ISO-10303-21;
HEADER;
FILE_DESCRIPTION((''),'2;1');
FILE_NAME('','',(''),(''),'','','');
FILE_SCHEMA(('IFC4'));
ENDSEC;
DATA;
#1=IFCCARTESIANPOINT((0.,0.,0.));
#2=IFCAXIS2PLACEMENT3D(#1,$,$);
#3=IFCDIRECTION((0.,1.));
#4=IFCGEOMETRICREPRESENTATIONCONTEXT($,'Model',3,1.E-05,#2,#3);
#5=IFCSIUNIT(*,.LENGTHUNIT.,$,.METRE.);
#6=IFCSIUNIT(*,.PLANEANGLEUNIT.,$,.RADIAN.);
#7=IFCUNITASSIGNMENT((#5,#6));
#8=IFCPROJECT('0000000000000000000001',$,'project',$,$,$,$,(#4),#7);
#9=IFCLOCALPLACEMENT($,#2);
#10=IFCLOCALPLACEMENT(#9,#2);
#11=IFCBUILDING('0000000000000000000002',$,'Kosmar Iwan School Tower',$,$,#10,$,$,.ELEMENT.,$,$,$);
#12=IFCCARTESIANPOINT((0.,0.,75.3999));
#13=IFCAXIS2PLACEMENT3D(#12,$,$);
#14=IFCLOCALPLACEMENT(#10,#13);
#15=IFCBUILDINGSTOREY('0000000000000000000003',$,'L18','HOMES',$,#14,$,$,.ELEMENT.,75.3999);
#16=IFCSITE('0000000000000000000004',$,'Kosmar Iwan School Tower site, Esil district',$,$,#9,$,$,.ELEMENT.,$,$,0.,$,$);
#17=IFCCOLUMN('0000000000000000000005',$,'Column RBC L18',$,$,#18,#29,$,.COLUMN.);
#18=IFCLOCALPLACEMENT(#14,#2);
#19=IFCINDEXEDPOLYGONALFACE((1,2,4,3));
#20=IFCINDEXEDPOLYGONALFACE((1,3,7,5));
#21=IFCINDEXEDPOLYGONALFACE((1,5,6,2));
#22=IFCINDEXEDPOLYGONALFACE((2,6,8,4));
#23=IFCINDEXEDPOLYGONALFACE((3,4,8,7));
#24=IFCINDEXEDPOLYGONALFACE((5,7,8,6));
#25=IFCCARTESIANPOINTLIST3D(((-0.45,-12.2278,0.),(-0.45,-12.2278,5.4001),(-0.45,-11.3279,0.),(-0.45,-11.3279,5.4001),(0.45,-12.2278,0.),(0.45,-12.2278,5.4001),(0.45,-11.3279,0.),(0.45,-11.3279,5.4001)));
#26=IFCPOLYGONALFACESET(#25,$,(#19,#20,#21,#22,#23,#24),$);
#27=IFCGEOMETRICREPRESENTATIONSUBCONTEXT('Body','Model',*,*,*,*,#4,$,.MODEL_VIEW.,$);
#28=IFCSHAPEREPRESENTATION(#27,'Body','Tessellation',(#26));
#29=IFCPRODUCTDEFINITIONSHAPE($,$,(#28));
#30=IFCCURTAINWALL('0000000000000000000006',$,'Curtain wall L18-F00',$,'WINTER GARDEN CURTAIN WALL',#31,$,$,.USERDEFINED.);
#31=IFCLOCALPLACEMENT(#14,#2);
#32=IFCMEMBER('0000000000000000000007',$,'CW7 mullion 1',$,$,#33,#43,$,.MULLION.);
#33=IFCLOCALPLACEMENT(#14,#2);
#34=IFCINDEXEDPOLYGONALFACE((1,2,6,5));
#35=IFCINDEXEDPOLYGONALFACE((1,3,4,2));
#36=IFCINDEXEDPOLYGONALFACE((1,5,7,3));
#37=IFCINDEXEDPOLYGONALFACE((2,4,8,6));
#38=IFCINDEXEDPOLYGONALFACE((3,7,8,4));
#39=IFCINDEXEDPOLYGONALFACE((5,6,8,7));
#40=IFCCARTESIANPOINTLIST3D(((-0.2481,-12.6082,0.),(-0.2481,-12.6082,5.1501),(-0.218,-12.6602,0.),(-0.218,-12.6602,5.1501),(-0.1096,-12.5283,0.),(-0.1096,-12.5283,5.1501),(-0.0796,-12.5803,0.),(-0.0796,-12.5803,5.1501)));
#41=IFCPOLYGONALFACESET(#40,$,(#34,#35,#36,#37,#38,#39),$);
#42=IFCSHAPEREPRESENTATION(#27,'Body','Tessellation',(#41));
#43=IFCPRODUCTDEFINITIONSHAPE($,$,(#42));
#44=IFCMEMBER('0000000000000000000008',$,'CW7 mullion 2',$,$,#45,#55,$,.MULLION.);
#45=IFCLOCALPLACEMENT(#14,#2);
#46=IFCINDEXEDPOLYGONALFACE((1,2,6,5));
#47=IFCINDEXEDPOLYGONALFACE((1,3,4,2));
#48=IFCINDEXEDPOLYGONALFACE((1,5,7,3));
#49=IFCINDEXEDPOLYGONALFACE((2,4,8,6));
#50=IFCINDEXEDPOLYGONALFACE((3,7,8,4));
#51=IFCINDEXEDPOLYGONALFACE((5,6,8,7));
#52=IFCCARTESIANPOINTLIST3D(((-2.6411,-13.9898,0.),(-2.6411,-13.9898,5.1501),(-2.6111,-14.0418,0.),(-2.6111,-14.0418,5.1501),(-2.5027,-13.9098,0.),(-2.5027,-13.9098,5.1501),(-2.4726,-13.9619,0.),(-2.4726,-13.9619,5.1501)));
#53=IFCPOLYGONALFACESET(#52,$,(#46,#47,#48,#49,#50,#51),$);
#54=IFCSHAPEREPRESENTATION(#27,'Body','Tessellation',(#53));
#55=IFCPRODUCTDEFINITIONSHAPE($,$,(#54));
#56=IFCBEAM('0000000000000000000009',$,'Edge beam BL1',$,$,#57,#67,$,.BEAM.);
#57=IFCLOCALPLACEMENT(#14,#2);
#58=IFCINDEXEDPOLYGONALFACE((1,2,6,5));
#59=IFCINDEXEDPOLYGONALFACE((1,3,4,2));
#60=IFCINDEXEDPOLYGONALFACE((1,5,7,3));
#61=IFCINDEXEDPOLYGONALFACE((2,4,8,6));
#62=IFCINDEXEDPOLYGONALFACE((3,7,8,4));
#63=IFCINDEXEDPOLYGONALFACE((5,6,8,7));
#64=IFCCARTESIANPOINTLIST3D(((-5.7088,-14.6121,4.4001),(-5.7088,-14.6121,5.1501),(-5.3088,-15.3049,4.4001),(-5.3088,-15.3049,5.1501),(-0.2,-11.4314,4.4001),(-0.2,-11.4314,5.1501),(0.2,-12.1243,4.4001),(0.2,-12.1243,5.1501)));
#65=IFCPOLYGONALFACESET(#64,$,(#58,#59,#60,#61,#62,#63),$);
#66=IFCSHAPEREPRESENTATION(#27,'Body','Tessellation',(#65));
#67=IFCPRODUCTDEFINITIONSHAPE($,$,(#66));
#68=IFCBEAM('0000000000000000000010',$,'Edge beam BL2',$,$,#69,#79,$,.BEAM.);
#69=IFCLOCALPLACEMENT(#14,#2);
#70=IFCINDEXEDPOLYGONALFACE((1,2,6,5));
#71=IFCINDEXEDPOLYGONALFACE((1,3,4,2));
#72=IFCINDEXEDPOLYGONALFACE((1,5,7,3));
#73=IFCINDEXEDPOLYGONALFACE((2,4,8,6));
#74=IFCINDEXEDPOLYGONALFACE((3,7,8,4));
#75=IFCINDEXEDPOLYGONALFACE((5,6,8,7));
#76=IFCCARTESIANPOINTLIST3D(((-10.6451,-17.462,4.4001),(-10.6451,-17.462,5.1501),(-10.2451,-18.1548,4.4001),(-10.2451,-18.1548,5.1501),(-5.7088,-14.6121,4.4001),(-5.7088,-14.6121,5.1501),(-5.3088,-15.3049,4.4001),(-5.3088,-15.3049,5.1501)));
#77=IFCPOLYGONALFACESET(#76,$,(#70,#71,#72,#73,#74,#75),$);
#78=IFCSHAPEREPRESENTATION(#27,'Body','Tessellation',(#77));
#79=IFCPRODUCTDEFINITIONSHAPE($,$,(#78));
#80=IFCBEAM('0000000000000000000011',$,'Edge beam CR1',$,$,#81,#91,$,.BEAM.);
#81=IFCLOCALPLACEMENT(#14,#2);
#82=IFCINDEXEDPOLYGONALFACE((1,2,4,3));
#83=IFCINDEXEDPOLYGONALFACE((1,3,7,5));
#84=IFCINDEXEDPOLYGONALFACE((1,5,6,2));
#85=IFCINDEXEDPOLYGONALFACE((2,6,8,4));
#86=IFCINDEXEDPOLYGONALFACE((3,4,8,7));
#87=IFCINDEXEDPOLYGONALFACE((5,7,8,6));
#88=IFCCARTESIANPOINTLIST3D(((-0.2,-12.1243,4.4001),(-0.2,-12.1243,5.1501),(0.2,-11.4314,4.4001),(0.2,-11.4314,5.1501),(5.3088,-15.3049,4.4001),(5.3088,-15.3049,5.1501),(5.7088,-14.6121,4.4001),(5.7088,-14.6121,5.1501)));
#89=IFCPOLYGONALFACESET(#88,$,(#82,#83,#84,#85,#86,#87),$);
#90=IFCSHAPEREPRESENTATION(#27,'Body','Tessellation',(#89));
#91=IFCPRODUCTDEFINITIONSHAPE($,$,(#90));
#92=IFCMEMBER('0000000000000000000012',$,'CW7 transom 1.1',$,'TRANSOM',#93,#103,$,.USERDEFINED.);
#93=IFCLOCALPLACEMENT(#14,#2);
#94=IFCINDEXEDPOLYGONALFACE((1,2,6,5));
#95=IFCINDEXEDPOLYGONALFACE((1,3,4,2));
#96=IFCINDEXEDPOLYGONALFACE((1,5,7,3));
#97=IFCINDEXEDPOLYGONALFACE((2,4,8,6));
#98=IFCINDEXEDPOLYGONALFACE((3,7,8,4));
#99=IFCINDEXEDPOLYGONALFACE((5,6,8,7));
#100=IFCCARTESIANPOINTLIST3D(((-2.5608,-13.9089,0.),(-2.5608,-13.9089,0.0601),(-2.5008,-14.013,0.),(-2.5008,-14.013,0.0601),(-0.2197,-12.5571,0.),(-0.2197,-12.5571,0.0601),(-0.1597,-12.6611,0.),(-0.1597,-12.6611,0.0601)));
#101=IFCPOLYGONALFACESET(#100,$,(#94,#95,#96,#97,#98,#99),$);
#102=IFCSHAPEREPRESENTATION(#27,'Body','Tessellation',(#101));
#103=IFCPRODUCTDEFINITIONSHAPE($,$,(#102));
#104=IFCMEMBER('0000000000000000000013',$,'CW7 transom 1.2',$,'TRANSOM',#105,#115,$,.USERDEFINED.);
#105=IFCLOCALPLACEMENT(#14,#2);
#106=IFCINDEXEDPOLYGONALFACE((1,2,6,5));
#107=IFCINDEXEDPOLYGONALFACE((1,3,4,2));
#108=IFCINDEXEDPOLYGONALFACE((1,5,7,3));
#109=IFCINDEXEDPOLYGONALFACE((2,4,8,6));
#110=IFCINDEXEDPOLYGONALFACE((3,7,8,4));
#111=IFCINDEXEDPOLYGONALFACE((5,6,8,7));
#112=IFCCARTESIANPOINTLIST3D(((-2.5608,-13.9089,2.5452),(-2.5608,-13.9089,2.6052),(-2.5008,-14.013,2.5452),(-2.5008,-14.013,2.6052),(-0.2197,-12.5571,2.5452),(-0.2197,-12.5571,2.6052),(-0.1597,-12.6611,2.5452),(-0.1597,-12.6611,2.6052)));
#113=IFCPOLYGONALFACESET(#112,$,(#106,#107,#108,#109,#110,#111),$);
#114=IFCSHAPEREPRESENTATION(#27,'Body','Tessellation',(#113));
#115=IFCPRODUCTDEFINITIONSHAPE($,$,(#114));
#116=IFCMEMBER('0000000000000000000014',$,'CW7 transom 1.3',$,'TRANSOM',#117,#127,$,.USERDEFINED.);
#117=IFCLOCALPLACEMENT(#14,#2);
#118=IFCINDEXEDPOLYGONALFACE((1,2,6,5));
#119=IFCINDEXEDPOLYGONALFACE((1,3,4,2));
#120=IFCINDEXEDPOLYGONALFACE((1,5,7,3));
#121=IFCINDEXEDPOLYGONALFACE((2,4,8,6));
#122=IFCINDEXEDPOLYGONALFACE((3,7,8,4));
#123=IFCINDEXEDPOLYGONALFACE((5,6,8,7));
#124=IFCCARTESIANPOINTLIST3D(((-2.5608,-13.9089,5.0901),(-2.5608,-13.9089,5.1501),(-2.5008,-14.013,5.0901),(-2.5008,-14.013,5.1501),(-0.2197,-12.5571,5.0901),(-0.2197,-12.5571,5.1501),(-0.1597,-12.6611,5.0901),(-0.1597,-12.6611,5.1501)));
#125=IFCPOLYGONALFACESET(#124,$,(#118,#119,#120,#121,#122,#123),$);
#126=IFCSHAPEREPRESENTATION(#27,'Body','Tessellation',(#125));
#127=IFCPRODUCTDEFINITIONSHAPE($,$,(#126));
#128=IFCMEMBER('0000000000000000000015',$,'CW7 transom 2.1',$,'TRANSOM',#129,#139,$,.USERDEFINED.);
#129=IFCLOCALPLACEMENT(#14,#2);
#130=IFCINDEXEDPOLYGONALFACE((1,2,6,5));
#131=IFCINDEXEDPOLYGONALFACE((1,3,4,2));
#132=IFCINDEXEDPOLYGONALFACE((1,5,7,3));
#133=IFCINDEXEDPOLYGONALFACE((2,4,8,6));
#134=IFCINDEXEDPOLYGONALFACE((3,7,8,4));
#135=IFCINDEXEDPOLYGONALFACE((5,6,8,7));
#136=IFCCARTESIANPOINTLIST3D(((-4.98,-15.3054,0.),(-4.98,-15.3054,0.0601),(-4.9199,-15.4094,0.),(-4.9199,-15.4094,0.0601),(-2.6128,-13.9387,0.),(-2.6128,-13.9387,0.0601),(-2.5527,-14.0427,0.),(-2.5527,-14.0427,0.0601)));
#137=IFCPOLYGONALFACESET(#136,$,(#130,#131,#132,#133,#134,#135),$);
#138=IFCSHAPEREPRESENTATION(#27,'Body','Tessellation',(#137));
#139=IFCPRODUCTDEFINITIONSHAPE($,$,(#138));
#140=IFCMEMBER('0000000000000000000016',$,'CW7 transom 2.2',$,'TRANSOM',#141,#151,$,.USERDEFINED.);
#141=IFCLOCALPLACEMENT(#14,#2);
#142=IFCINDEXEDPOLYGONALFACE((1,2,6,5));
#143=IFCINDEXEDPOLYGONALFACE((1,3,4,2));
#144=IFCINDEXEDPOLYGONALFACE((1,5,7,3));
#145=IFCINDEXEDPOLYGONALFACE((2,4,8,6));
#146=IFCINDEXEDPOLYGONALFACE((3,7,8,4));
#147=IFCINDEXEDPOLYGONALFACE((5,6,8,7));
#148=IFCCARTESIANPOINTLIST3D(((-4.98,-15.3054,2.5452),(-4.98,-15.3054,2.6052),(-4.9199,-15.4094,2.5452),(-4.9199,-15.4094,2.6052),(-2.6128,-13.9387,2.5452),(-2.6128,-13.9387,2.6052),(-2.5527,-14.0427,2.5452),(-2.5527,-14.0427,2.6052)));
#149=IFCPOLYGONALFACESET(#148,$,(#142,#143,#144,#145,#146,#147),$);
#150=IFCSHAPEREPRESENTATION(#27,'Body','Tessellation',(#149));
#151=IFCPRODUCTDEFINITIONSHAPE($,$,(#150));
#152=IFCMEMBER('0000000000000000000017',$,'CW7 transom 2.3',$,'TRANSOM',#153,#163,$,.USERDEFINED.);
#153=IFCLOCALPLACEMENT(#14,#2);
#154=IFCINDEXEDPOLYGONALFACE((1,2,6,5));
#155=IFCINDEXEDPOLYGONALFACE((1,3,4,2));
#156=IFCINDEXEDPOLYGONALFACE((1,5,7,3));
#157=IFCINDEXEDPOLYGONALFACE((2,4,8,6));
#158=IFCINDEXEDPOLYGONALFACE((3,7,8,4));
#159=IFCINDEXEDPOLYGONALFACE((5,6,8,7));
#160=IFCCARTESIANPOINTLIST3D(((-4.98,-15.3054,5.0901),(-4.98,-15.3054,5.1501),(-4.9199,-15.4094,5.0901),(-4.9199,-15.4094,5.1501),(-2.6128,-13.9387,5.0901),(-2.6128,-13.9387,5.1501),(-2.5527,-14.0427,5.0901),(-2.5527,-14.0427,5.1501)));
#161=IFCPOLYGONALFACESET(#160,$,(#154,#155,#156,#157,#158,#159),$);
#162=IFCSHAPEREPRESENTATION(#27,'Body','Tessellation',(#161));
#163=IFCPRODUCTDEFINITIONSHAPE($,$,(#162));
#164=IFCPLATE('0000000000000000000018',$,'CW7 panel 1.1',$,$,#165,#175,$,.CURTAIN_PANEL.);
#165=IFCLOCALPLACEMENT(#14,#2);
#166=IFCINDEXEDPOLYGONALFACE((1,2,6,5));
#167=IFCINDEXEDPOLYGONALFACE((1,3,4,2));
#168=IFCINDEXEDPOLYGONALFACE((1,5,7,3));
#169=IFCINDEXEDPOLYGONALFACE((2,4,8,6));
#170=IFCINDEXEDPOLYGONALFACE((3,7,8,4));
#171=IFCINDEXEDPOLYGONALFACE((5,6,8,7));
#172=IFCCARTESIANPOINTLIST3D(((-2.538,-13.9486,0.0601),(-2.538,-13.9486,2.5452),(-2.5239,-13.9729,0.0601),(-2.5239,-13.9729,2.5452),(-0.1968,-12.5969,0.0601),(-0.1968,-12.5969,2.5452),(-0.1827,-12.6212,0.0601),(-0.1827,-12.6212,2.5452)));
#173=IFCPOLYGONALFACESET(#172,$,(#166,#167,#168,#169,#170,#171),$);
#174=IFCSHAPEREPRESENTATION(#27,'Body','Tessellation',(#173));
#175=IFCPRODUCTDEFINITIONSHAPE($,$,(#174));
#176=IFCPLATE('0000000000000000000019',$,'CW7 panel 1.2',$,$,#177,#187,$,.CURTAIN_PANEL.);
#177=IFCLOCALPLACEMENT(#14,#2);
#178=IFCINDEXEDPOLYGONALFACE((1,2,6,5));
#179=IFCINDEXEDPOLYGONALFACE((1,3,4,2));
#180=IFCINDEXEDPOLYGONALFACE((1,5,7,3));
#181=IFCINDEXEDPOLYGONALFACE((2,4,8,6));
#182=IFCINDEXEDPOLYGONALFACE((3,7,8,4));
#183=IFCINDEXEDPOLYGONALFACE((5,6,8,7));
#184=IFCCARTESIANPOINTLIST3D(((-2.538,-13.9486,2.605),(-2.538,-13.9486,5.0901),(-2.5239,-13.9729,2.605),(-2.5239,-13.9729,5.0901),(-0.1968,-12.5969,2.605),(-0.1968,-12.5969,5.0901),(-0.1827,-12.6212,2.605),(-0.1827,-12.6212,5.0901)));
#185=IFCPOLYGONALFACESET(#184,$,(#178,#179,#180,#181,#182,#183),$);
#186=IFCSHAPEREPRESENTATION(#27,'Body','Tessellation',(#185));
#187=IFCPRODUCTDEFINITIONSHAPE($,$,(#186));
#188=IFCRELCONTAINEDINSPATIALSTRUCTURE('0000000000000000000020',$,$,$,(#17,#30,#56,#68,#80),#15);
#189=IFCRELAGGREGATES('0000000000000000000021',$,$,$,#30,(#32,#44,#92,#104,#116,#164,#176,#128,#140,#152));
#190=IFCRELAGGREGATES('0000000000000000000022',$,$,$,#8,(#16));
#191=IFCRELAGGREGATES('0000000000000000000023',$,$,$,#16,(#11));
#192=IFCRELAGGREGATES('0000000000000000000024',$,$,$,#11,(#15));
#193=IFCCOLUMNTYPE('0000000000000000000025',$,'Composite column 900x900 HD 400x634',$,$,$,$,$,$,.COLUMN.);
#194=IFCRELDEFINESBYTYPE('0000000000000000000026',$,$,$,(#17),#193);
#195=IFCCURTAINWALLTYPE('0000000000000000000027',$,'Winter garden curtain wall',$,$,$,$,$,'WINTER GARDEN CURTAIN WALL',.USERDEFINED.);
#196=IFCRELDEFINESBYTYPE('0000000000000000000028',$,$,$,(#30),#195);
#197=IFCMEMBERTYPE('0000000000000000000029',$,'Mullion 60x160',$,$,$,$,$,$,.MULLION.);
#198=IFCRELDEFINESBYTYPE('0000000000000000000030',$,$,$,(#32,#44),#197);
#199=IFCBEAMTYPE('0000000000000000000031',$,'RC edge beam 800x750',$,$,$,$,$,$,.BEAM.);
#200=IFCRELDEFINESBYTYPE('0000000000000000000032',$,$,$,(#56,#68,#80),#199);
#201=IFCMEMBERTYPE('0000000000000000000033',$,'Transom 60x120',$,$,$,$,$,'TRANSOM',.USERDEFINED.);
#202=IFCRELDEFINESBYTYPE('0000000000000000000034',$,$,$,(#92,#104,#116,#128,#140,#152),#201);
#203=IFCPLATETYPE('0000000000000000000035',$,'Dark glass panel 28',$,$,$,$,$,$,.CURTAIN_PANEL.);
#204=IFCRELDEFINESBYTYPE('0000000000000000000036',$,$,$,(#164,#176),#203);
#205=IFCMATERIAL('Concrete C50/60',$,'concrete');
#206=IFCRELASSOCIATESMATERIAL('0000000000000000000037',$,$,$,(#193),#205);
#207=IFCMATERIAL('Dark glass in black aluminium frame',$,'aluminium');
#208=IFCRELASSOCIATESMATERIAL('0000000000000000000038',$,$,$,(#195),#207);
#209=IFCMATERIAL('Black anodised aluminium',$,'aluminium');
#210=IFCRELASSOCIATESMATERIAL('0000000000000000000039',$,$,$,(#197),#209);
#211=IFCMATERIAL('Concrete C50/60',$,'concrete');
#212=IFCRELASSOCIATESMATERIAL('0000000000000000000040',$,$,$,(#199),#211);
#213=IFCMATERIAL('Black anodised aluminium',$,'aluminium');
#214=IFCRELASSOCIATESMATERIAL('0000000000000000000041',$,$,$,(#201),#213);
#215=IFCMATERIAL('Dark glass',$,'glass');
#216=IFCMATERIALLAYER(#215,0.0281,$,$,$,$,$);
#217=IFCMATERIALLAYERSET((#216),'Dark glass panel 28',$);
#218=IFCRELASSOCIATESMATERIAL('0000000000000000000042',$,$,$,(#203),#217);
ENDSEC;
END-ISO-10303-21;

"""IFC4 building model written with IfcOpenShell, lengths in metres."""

from ifc_helpers import new_model, si_unit, direction, frame, origin, origin_2d, place, context, subcontext, project, spatial, rectangle, extrude, material, layer, layer_set, material_profile, profile_set, type_object, element, aggregate, save


model = new_model("IFC4")

# Units and contexts
model_context = context("Model", 3, precision=1e-05, world=origin(), true_north=direction((0.0, 1.0)))
body_context = subcontext(model_context, "Body", "Model", "MODEL_VIEW")
ifc_project = project(units=[si_unit("LENGTHUNIT", "METRE"), si_unit("PLANEANGLEUNIT", "RADIAN")], contexts=[model_context])

# Site, building, storey
site_placement = place(None, origin())
site = spatial("IfcSite", under=ifc_project, at=site_placement, Name="Kosmar Iwan School Tower site, Esil district", CompositionType="ELEMENT", RefElevation=0.0)
building_placement = place(site_placement, origin())
building = spatial("IfcBuilding", under=site, at=building_placement, Name="Kosmar Iwan School Tower", CompositionType="ELEMENT")
storey_placement = place(building_placement, frame((0.0, 0.0, 75.3999)))
storey = spatial("IfcBuildingStorey", under=building, at=storey_placement, Name="L18", Description="HOMES", CompositionType="ELEMENT", Elevation=75.3999)

# Column
ifc_material_1 = material(Name="Concrete C50/60", Category="concrete")
ifc_material_profile_1 = material_profile(ifc_material_1, rectangle(XDim=0.8999, YDim=0.8999, at=origin_2d()), Name="RC 900x900 + HD 400x634")
ifc_profile_set_1 = profile_set([ifc_material_profile_1], Name="Concrete C50/60")
column_type = type_object("IfcColumnType", Name="Composite column 900x900 HD 400x634", PredefinedType="COLUMN", material=ifc_profile_set_1)
column_placement = place(storey_placement, frame((0.0, -11.7778, 0.0), z_axis=(0.0, 0.0, 1.0), x_axis=(1.0, 0.0, 0.0)))
element("IfcColumn", 1, at=column_placement, inside=storey, type_object=column_type, Name="Column RBC L18", PredefinedType="COLUMN", context=body_context, shape_type="SweptSolid", body=[
    extrude(rectangle(XDim=0.8999, YDim=0.8999, at=origin_2d()), origin(), (0.0, 0.0, 1.0), 5.4001),
])

# Curtain wall, members
ifc_material_2 = material(Name="Dark glass in black aluminium frame", Category="aluminium")
curtain_wall_type = type_object("IfcCurtainWallType", Name="Winter garden curtain wall", ElementType="WINTER GARDEN CURTAIN WALL", PredefinedType="USERDEFINED", material=ifc_material_2)
curtain_wall_placement = place(storey_placement, origin())
curtain_wall = element("IfcCurtainWall", 2, at=curtain_wall_placement, inside=storey, type_object=curtain_wall_type, Name="Curtain wall L18-F00", ObjectType="WINTER GARDEN CURTAIN WALL", PredefinedType="USERDEFINED")
ifc_material_3 = material(Name="Black anodised aluminium", Category="aluminium")
ifc_material_profile_2 = material_profile(ifc_material_3, rectangle(XDim=0.0601, YDim=0.1599, at=origin_2d()), Name="MULLION 60x160")
ifc_profile_set_2 = profile_set([ifc_material_profile_2], Name="Black anodised aluminium")
member_type_1 = type_object("IfcMemberType", Name="Mullion 60x160", PredefinedType="MULLION", material=ifc_profile_set_2)
member_1_placement = place(storey_placement, frame((-0.1638, -12.5942, 0.0), z_axis=(0.0, 0.0, 1.0), x_axis=(0.5, -0.866025, 0.0)))
member_1 = element("IfcMember", 3, at=member_1_placement, type_object=member_type_1, Name="CW7 mullion 1", PredefinedType="MULLION", context=body_context, shape_type="SweptSolid", body=[
    extrude(rectangle(XDim=0.0601, YDim=0.1599, at=origin_2d()), origin(), (0.0, 0.0, 1.0), 5.1501),
])
member_2_placement = place(storey_placement, frame((-2.5569, -13.9758, 0.0), z_axis=(0.0, 0.0, 1.0), x_axis=(0.5, -0.866025, 0.0)))
member_2 = element("IfcMember", 4, at=member_2_placement, type_object=member_type_1, Name="CW7 mullion 2", PredefinedType="MULLION", context=body_context, shape_type="SweptSolid", body=[
    extrude(rectangle(XDim=0.0601, YDim=0.1599, at=origin_2d()), origin(), (0.0, 0.0, 1.0), 5.1501),
])

# Beams
ifc_material_4 = material(Name="Concrete C50/60", Category="concrete")
ifc_material_profile_3 = material_profile(ifc_material_4, rectangle(XDim=0.8, YDim=0.75, at=origin_2d()), Name="RC 800x750")
ifc_profile_set_3 = profile_set([ifc_material_profile_3], Name="Concrete C50/60")
beam_type = type_object("IfcBeamType", Name="RC edge beam 800x750", PredefinedType="BEAM", material=ifc_profile_set_3)
beam_1_placement = place(storey_placement, frame((0.0, -11.7778, 4.7751), z_axis=(-0.866014, -0.500019, 0.0), x_axis=(0.500019, -0.866014, 0.0)))
element("IfcBeam", 5, at=beam_1_placement, inside=storey, type_object=beam_type, Name="Edge beam BL1", PredefinedType="BEAM", context=body_context, shape_type="SweptSolid", body=[
    extrude(rectangle(XDim=0.8, YDim=0.75, at=origin_2d()), origin(), (0.0, 0.0, 1.0), 6.3611),
])
beam_2_placement = place(storey_placement, frame((-5.5088, -14.9585, 4.7751), z_axis=(-0.866034, -0.499986, 0.0), x_axis=(0.499986, -0.866034, 0.0)))
element("IfcBeam", 6, at=beam_2_placement, inside=storey, type_object=beam_type, Name="Edge beam BL2", PredefinedType="BEAM", context=body_context, shape_type="SweptSolid", body=[
    extrude(rectangle(XDim=0.8, YDim=0.75, at=origin_2d()), origin(), (0.0, 0.0, 1.0), 5.7),
])
beam_3_placement = place(storey_placement, frame((0.0, -11.7778, 4.7751), z_axis=(0.866014, -0.500019, 0.0), x_axis=(0.500019, 0.866014, 0.0)))
element("IfcBeam", 7, at=beam_3_placement, inside=storey, type_object=beam_type, Name="Edge beam CR1", PredefinedType="BEAM", context=body_context, shape_type="SweptSolid", body=[
    extrude(rectangle(XDim=0.8, YDim=0.75, at=origin_2d()), origin(), (0.0, 0.0, 1.0), 6.3611),
])

# Members
ifc_material_5 = material(Name="Black anodised aluminium", Category="aluminium")
ifc_material_profile_4 = material_profile(ifc_material_5, rectangle(XDim=0.1201, YDim=0.0601, at=origin_2d()), Name="TRANSOM 60x120")
ifc_profile_set_4 = profile_set([ifc_material_profile_4], Name="Black anodised aluminium")
member_type_2 = type_object("IfcMemberType", Name="Transom 60x120", ElementType="TRANSOM", PredefinedType="USERDEFINED", material=ifc_profile_set_4)
member_3_placement = place(storey_placement, frame((-0.1897, -12.6091, 0.03), z_axis=(-0.865995, -0.500053, 0.0), x_axis=(0.500053, -0.865995, 0.0)))
member_3 = element("IfcMember", 8, at=member_3_placement, type_object=member_type_2, Name="CW7 transom 1.1", ObjectType="TRANSOM", PredefinedType="USERDEFINED", context=body_context, shape_type="SweptSolid", body=[
    extrude(rectangle(XDim=0.1201, YDim=0.0601, at=origin_2d()), origin(), (0.0, 0.0, 1.0), 2.7034),
])
member_4_placement = place(storey_placement, frame((-0.1897, -12.6091, 2.5752), z_axis=(-0.865995, -0.500053, 0.0), x_axis=(0.500053, -0.865995, 0.0)))
member_4 = element("IfcMember", 9, at=member_4_placement, type_object=member_type_2, Name="CW7 transom 1.2", ObjectType="TRANSOM", PredefinedType="USERDEFINED", context=body_context, shape_type="SweptSolid", body=[
    extrude(rectangle(XDim=0.1201, YDim=0.0601, at=origin_2d()), origin(), (0.0, 0.0, 1.0), 2.7034),
])
member_5_placement = place(storey_placement, frame((-0.1897, -12.6091, 5.1201), z_axis=(-0.865995, -0.500053, 0.0), x_axis=(0.500053, -0.865995, 0.0)))
member_5 = element("IfcMember", 10, at=member_5_placement, type_object=member_type_2, Name="CW7 transom 1.3", ObjectType="TRANSOM", PredefinedType="USERDEFINED", context=body_context, shape_type="SweptSolid", body=[
    extrude(rectangle(XDim=0.1201, YDim=0.0601, at=origin_2d()), origin(), (0.0, 0.0, 1.0), 2.7034),
])
member_6_placement = place(storey_placement, frame((-2.5828, -13.9907, 0.03), z_axis=(-0.866025, -0.500001, 0.0), x_axis=(0.500001, -0.866025, 0.0)))
member_6 = element("IfcMember", 11, at=member_6_placement, type_object=member_type_2, Name="CW7 transom 2.1", ObjectType="TRANSOM", PredefinedType="USERDEFINED", context=body_context, shape_type="SweptSolid", body=[
    extrude(rectangle(XDim=0.1201, YDim=0.0601, at=origin_2d()), origin(), (0.0, 0.0, 1.0), 2.7334),
])
member_7_placement = place(storey_placement, frame((-2.5828, -13.9907, 2.5752), z_axis=(-0.866025, -0.500001, 0.0), x_axis=(0.500001, -0.866025, 0.0)))
member_7 = element("IfcMember", 12, at=member_7_placement, type_object=member_type_2, Name="CW7 transom 2.2", ObjectType="TRANSOM", PredefinedType="USERDEFINED", context=body_context, shape_type="SweptSolid", body=[
    extrude(rectangle(XDim=0.1201, YDim=0.0601, at=origin_2d()), origin(), (0.0, 0.0, 1.0), 2.7334),
])
member_8_placement = place(storey_placement, frame((-2.5828, -13.9907, 5.1201), z_axis=(-0.866025, -0.500001, 0.0), x_axis=(0.500001, -0.866025, 0.0)))
member_8 = element("IfcMember", 13, at=member_8_placement, type_object=member_type_2, Name="CW7 transom 2.3", ObjectType="TRANSOM", PredefinedType="USERDEFINED", context=body_context, shape_type="SweptSolid", body=[
    extrude(rectangle(XDim=0.1201, YDim=0.0601, at=origin_2d()), origin(), (0.0, 0.0, 1.0), 2.7334),
])

# Plates
ifc_material_6 = material(Name="Dark glass", Category="glass")
ifc_layer_1 = layer(ifc_material_6, 0.0281)
ifc_layer_set_1 = layer_set([ifc_layer_1], Name="Dark glass panel 28")
plate_type = type_object("IfcPlateType", Name="Dark glass panel 28", PredefinedType="CURTAIN_PANEL", material=ifc_layer_set_1)
plate_1_placement = place(storey_placement, frame((-1.3604, -13.2849, 0.0601), z_axis=(0.0, 0.0, 1.0), x_axis=(-0.866025, -0.5, 0.0)))
plate_1 = element("IfcPlate", 14, at=plate_1_placement, type_object=plate_type, Name="CW7 panel 1.1", PredefinedType="CURTAIN_PANEL", context=body_context, shape_type="SweptSolid", body=[
    extrude(rectangle(XDim=2.7034, YDim=0.0281, at=origin_2d()), origin(), (0.0, 0.0, 1.0), 2.4851),
])
plate_2_placement = place(storey_placement, frame((-1.3604, -13.2849, 2.605), z_axis=(0.0, 0.0, 1.0), x_axis=(-0.866025, -0.5, 0.0)))
plate_2 = element("IfcPlate", 15, at=plate_2_placement, type_object=plate_type, Name="CW7 panel 1.2", PredefinedType="CURTAIN_PANEL", context=body_context, shape_type="SweptSolid", body=[
    extrude(rectangle(XDim=2.7034, YDim=0.0281, at=origin_2d()), origin(), (0.0, 0.0, 1.0), 2.4851),
])
aggregate(curtain_wall, [member_1, member_2, member_3, member_4, member_5, plate_1, plate_2, member_6, member_7, member_8])

save(model, "model.ifc")
